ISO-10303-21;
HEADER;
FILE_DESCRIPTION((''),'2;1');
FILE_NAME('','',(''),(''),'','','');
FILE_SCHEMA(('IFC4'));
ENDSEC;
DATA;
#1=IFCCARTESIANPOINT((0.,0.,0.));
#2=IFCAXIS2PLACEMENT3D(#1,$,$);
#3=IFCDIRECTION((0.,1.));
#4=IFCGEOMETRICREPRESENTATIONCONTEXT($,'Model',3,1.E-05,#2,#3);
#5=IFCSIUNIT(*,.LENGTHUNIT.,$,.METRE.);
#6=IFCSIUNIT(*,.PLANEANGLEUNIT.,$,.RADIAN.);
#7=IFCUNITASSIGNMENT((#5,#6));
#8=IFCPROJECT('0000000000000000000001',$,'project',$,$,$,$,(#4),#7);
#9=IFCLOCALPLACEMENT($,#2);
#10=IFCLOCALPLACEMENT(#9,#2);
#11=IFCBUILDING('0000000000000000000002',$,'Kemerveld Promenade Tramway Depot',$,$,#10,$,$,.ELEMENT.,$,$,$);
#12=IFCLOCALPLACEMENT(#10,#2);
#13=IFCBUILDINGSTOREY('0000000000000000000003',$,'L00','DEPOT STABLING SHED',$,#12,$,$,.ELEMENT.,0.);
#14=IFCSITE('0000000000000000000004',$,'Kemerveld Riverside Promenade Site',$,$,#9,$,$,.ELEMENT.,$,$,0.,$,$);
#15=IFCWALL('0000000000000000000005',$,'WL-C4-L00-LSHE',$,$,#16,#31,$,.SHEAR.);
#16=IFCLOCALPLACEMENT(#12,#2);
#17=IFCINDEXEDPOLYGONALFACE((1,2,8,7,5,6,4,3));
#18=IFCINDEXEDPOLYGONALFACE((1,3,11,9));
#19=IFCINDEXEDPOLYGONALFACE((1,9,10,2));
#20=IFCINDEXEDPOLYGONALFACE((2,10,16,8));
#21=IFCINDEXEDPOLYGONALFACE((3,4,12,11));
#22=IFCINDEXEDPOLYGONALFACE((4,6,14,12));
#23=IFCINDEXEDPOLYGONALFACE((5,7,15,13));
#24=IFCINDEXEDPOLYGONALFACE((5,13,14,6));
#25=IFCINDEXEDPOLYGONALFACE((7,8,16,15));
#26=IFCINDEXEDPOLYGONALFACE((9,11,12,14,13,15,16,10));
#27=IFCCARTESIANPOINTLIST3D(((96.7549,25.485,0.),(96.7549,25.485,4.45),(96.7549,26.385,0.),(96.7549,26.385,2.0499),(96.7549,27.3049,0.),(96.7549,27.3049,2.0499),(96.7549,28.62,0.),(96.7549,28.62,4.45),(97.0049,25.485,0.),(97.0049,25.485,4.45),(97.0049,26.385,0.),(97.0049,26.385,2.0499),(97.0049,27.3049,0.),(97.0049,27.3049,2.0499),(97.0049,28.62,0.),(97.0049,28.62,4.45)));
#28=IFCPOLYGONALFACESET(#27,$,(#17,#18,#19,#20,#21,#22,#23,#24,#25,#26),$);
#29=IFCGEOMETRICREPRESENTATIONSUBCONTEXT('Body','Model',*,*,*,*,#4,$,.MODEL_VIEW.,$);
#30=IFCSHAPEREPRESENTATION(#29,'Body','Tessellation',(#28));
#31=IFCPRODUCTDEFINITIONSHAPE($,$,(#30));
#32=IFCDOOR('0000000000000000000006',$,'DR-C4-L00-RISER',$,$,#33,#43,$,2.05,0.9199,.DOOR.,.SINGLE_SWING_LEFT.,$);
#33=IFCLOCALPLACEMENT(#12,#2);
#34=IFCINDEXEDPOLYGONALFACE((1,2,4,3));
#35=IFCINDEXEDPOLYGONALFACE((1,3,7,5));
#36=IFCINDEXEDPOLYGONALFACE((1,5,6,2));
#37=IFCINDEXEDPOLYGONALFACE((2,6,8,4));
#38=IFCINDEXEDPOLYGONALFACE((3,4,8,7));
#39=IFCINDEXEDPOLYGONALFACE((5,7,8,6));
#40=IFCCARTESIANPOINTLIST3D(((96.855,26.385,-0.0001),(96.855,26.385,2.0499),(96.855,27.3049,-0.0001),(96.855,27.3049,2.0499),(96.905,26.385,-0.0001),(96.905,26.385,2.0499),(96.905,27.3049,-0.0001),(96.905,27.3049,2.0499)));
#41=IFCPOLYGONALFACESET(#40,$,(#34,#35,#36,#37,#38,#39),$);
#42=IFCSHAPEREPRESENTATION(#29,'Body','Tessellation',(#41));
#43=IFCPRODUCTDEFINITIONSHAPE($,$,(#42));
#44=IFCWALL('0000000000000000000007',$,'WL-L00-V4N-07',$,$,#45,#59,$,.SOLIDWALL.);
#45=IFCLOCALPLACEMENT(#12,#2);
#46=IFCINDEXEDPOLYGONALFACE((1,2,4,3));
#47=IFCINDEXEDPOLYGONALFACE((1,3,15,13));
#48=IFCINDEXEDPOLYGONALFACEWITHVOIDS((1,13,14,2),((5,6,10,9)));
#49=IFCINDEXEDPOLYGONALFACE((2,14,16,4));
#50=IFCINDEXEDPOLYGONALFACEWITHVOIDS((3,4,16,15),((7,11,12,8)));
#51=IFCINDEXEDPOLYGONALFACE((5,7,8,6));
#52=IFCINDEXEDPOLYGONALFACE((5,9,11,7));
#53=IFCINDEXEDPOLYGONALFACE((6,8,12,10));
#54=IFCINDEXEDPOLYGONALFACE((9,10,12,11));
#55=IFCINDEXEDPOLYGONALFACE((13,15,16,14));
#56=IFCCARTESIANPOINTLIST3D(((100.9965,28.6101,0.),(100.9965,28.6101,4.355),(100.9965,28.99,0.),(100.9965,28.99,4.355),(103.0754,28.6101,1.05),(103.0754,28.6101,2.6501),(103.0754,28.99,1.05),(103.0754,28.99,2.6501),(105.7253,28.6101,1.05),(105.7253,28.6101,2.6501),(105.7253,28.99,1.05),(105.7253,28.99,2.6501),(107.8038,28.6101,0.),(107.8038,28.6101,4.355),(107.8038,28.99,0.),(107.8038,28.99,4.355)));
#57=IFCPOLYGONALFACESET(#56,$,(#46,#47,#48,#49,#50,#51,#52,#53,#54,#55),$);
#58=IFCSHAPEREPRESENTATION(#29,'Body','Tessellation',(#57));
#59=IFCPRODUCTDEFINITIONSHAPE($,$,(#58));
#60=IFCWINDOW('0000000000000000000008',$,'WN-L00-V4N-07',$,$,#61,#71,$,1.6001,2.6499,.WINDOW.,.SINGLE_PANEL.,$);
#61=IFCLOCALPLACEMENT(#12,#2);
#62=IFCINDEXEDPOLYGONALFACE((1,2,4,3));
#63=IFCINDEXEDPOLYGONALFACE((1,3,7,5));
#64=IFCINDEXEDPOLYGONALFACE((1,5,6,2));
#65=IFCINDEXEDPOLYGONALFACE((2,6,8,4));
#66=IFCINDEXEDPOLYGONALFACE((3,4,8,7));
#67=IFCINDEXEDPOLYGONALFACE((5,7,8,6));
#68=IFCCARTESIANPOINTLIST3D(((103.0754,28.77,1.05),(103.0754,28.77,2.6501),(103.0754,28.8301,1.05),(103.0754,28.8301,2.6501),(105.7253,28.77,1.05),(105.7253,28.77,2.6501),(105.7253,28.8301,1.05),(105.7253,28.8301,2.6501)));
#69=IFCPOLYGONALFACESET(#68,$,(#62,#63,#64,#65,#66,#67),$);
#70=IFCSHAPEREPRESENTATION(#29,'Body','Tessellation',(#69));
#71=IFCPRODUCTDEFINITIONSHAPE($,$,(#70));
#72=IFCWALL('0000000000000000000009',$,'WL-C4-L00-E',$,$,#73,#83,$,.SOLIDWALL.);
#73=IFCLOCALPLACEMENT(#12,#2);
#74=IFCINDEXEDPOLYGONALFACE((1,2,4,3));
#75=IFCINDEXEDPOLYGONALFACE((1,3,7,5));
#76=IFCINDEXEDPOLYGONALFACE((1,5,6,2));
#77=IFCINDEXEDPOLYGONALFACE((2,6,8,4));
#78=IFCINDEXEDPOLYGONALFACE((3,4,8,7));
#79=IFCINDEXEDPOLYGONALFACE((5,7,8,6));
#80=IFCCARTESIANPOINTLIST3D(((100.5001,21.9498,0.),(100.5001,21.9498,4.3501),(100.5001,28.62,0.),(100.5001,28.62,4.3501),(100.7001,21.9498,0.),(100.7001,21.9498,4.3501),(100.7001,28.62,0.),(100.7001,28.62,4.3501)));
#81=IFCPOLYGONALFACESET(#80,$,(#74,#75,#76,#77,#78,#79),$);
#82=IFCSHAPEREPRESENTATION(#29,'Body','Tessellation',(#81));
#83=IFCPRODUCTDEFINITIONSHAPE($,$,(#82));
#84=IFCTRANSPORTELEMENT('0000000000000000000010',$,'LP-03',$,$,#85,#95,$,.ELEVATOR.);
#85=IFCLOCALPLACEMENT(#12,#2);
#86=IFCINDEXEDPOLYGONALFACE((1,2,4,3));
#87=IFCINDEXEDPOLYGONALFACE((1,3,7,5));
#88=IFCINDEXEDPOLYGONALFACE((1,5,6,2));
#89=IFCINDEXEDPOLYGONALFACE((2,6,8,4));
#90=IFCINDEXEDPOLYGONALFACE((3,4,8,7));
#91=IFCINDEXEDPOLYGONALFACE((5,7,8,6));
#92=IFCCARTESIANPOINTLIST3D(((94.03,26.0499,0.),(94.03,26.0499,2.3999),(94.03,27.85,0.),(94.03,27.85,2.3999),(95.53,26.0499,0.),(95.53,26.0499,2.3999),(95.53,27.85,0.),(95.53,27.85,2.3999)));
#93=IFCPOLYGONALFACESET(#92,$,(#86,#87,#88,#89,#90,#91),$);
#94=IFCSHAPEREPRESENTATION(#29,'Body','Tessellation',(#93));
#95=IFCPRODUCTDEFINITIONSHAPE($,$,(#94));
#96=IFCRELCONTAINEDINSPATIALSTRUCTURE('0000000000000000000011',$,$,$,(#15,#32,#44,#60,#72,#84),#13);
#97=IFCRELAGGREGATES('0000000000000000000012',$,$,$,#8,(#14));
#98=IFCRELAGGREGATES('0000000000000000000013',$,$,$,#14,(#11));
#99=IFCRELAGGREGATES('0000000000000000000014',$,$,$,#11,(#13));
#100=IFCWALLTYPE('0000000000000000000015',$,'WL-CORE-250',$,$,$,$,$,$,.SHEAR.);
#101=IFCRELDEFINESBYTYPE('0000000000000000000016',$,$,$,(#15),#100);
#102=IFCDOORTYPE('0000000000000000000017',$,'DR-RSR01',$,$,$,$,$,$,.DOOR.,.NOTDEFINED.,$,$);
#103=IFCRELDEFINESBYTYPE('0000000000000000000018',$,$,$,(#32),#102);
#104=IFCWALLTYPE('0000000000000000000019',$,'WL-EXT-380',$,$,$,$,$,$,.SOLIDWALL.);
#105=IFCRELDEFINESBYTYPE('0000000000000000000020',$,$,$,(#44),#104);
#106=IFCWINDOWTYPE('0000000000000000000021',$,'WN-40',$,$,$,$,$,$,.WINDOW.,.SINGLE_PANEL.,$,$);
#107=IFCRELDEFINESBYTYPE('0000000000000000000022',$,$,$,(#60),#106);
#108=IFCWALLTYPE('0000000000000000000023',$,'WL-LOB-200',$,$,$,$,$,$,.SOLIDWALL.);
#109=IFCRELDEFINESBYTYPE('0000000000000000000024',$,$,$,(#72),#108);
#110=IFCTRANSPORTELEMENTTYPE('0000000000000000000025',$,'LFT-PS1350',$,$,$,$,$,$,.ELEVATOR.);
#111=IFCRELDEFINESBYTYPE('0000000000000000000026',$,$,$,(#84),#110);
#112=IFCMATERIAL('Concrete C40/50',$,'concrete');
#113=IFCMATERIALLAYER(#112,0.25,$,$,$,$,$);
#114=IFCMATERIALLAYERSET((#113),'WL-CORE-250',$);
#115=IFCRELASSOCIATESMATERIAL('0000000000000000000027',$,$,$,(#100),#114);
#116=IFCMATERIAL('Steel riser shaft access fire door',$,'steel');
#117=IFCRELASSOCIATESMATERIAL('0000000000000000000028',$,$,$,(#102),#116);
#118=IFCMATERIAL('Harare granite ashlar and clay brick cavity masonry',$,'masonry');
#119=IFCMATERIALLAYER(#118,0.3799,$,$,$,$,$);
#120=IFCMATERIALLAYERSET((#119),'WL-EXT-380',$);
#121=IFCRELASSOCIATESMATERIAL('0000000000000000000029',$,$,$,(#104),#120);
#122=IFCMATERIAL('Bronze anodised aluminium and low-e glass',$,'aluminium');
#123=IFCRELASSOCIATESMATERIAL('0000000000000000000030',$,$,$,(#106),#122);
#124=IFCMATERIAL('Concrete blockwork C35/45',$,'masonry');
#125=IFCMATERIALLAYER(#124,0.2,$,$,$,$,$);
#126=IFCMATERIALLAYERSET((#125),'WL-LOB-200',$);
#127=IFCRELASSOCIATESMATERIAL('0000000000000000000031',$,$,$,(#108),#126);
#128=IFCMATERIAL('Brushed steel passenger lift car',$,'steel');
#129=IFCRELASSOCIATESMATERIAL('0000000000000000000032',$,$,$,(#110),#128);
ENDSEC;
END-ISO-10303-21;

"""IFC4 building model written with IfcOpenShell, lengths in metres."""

from ifc_helpers import new_model, si_unit, direction, frame, frame_2d, origin, origin_2d, place, context, subcontext, project, spatial, rectangle, extrude, material, layer, layer_set, type_object, element, fill, save


model = new_model("IFC4")

# Units and contexts
model_context = context("Model", 3, precision=1e-05, world=origin(), true_north=direction((0.0, 1.0)))
body_context = subcontext(model_context, "Body", "Model", "MODEL_VIEW")
ifc_project = project(units=[si_unit("LENGTHUNIT", "METRE"), si_unit("PLANEANGLEUNIT", "RADIAN")], contexts=[model_context])

# Site, building, storey
site_placement = place(None, origin())
site = spatial("IfcSite", under=ifc_project, at=site_placement, Name="Kemerveld Riverside Promenade Site", CompositionType="ELEMENT", RefElevation=0.0)
building_placement = place(site_placement, origin())
building = spatial("IfcBuilding", under=site, at=building_placement, Name="Kemerveld Promenade Tramway Depot", CompositionType="ELEMENT")
storey_placement = place(building_placement, origin())
storey = spatial("IfcBuildingStorey", under=building, at=storey_placement, Name="L00", Description="DEPOT STABLING SHED", CompositionType="ELEMENT", Elevation=0.0)

# Shared definitions
ifc_material_1 = material(Name="Concrete C40/50", Category="concrete")

# Shared definitions
ifc_layer_1 = layer(ifc_material_1, 0.25)
ifc_layer_set_1 = layer_set([ifc_layer_1], Name="WL-CORE-250")
wall_type_1 = type_object("IfcWallType", Name="WL-CORE-250", PredefinedType="SHEAR", material=ifc_layer_set_1)

# Wall, opening, door
wall_1_placement = place(storey_placement, frame((96.8799, 25.4851, 0.0), z_axis=(0.0, 0.0, 1.0), x_axis=(0.0, 1.0, 0.0)))
wall_1 = element("IfcWall", 1, at=wall_1_placement, inside=storey, type_object=wall_type_1, Name="WL-C4-L00-LSHE", PredefinedType="SHEAR", context=body_context, shape_type="SweptSolid", body=[
    extrude(rectangle(XDim=3.135, YDim=0.25, at=frame_2d((1.5674, 0.0))), origin(), (0.0, 0.0, 1.0), 4.45),
])
opening_1_placement = place(wall_1_placement, frame((0.8999, 0.0, 0.0)))
opening_1 = element("IfcOpeningElement", 2, at=opening_1_placement, cuts=wall_1, PredefinedType="OPENING", context=body_context, shape_type="SweptSolid", body=[
    extrude(rectangle(XDim=0.9199, YDim=2.05, at=frame_2d((0.46, 1.0249))), frame((0.0, 0.135, 0.0), z_axis=(0.0, -1.0, 0.0), x_axis=(1.0, 0.0, 0.0)), (0.0, 0.0, 1.0), 0.27),
])
ifc_material_2 = material(Name="Steel riser shaft access fire door", Category="steel")
door_type = type_object("IfcDoorType", Name="DR-RSR01", OperationType="NOTDEFINED", PredefinedType="DOOR", material=ifc_material_2)
door_placement = place(opening_1_placement, origin())
door = element("IfcDoor", 3, at=door_placement, inside=storey, type_object=door_type, Name="DR-C4-L00-RISER", OperationType="SINGLE_SWING_LEFT", OverallHeight=2.05, OverallWidth=0.9199, PredefinedType="DOOR", context=body_context, shape_type="SweptSolid", body=[
    extrude(rectangle(XDim=0.9199, YDim=2.05, at=frame_2d((0.46, 1.0249))), frame((0.0, 0.0249, 0.0), z_axis=(0.0, -1.0, 0.0), x_axis=(1.0, 0.0, 0.0)), (0.0, 0.0, 1.0), 0.05),
])
fill(opening_1, door)

# Wall, opening, window
ifc_material_3 = material(Name="Harare granite ashlar and clay brick cavity masonry", Category="masonry")
ifc_layer_2 = layer(ifc_material_3, 0.3799)
ifc_layer_set_2 = layer_set([ifc_layer_2], Name="WL-EXT-380")
wall_type_2 = type_object("IfcWallType", Name="WL-EXT-380", PredefinedType="SOLIDWALL", material=ifc_layer_set_2)
wall_2_placement = place(storey_placement, frame((100.9963, 28.8, 0.0), z_axis=(0.0, 0.0, 1.0), x_axis=(1.0, 0.0, 0.0)))
wall_2 = element("IfcWall", 4, at=wall_2_placement, inside=storey, type_object=wall_type_2, Name="WL-L00-V4N-07", PredefinedType="SOLIDWALL", context=body_context, shape_type="SweptSolid", body=[
    extrude(rectangle(XDim=6.8074, YDim=0.3799, at=frame_2d((3.4038, 0.0))), origin(), (0.0, 0.0, 1.0), 4.355),
])
opening_2_placement = place(wall_2_placement, frame((2.0791, 0.0, 1.05)))
opening_2 = element("IfcOpeningElement", 5, at=opening_2_placement, cuts=wall_2, PredefinedType="OPENING", context=body_context, shape_type="SweptSolid", body=[
    extrude(rectangle(XDim=2.6499, YDim=1.6001, at=frame_2d((1.325, 0.8))), frame((0.0, 0.2, 0.0), z_axis=(0.0, -1.0, 0.0), x_axis=(1.0, 0.0, 0.0)), (0.0, 0.0, 1.0), 0.3999),
])
ifc_material_4 = material(Name="Bronze anodised aluminium and low-e glass", Category="aluminium")
window_type = type_object("IfcWindowType", Name="WN-40", PartitioningType="SINGLE_PANEL", PredefinedType="WINDOW", material=ifc_material_4)
window_placement = place(opening_2_placement, origin())
window = element("IfcWindow", 6, at=window_placement, inside=storey, type_object=window_type, Name="WN-L00-V4N-07", OverallHeight=1.6001, OverallWidth=2.6499, PartitioningType="SINGLE_PANEL", PredefinedType="WINDOW", context=body_context, shape_type="SweptSolid", body=[
    extrude(rectangle(XDim=2.6499, YDim=1.6001, at=frame_2d((1.325, 0.8))), frame((0.0, 0.03, 0.0), z_axis=(0.0, -1.0, 0.0), x_axis=(1.0, 0.0, 0.0)), (0.0, 0.0, 1.0), 0.0601),
])
fill(opening_2, window)

# Wall
ifc_material_5 = material(Name="Concrete blockwork C35/45", Category="masonry")
ifc_layer_3 = layer(ifc_material_5, 0.2)
ifc_layer_set_3 = layer_set([ifc_layer_3], Name="WL-LOB-200")
wall_type_3 = type_object("IfcWallType", Name="WL-LOB-200", PredefinedType="SOLIDWALL", material=ifc_layer_set_3)
wall_3_placement = place(storey_placement, frame((100.6001, 21.95, 0.0), z_axis=(0.0, 0.0, 1.0), x_axis=(0.0, 1.0, 0.0)))
element("IfcWall", 7, at=wall_3_placement, inside=storey, type_object=wall_type_3, Name="WL-C4-L00-E", PredefinedType="SOLIDWALL", context=body_context, shape_type="SweptSolid", body=[
    extrude(rectangle(XDim=6.6702, YDim=0.2, at=frame_2d((3.335, 0.0))), origin(), (0.0, 0.0, 1.0), 4.3501),
])

# Transport element
ifc_material_6 = material(Name="Brushed steel passenger lift car", Category="steel")
transport_element_type = type_object("IfcTransportElementType", Name="LFT-PS1350", PredefinedType="ELEVATOR", material=ifc_material_6)
transport_element_placement = place(storey_placement, frame((94.78, 26.95, 0.0), z_axis=(0.0, 0.0, 1.0), x_axis=(1.0, 0.0, 0.0)))
element("IfcTransportElement", 8, at=transport_element_placement, inside=storey, type_object=transport_element_type, Name="LP-03", PredefinedType="ELEVATOR", context=body_context, shape_type="SweptSolid", body=[
    extrude(rectangle(XDim=1.5, YDim=1.8, at=origin_2d()), origin(), (0.0, 0.0, 1.0), 2.3999),
])

save(model, "model.ifc")
